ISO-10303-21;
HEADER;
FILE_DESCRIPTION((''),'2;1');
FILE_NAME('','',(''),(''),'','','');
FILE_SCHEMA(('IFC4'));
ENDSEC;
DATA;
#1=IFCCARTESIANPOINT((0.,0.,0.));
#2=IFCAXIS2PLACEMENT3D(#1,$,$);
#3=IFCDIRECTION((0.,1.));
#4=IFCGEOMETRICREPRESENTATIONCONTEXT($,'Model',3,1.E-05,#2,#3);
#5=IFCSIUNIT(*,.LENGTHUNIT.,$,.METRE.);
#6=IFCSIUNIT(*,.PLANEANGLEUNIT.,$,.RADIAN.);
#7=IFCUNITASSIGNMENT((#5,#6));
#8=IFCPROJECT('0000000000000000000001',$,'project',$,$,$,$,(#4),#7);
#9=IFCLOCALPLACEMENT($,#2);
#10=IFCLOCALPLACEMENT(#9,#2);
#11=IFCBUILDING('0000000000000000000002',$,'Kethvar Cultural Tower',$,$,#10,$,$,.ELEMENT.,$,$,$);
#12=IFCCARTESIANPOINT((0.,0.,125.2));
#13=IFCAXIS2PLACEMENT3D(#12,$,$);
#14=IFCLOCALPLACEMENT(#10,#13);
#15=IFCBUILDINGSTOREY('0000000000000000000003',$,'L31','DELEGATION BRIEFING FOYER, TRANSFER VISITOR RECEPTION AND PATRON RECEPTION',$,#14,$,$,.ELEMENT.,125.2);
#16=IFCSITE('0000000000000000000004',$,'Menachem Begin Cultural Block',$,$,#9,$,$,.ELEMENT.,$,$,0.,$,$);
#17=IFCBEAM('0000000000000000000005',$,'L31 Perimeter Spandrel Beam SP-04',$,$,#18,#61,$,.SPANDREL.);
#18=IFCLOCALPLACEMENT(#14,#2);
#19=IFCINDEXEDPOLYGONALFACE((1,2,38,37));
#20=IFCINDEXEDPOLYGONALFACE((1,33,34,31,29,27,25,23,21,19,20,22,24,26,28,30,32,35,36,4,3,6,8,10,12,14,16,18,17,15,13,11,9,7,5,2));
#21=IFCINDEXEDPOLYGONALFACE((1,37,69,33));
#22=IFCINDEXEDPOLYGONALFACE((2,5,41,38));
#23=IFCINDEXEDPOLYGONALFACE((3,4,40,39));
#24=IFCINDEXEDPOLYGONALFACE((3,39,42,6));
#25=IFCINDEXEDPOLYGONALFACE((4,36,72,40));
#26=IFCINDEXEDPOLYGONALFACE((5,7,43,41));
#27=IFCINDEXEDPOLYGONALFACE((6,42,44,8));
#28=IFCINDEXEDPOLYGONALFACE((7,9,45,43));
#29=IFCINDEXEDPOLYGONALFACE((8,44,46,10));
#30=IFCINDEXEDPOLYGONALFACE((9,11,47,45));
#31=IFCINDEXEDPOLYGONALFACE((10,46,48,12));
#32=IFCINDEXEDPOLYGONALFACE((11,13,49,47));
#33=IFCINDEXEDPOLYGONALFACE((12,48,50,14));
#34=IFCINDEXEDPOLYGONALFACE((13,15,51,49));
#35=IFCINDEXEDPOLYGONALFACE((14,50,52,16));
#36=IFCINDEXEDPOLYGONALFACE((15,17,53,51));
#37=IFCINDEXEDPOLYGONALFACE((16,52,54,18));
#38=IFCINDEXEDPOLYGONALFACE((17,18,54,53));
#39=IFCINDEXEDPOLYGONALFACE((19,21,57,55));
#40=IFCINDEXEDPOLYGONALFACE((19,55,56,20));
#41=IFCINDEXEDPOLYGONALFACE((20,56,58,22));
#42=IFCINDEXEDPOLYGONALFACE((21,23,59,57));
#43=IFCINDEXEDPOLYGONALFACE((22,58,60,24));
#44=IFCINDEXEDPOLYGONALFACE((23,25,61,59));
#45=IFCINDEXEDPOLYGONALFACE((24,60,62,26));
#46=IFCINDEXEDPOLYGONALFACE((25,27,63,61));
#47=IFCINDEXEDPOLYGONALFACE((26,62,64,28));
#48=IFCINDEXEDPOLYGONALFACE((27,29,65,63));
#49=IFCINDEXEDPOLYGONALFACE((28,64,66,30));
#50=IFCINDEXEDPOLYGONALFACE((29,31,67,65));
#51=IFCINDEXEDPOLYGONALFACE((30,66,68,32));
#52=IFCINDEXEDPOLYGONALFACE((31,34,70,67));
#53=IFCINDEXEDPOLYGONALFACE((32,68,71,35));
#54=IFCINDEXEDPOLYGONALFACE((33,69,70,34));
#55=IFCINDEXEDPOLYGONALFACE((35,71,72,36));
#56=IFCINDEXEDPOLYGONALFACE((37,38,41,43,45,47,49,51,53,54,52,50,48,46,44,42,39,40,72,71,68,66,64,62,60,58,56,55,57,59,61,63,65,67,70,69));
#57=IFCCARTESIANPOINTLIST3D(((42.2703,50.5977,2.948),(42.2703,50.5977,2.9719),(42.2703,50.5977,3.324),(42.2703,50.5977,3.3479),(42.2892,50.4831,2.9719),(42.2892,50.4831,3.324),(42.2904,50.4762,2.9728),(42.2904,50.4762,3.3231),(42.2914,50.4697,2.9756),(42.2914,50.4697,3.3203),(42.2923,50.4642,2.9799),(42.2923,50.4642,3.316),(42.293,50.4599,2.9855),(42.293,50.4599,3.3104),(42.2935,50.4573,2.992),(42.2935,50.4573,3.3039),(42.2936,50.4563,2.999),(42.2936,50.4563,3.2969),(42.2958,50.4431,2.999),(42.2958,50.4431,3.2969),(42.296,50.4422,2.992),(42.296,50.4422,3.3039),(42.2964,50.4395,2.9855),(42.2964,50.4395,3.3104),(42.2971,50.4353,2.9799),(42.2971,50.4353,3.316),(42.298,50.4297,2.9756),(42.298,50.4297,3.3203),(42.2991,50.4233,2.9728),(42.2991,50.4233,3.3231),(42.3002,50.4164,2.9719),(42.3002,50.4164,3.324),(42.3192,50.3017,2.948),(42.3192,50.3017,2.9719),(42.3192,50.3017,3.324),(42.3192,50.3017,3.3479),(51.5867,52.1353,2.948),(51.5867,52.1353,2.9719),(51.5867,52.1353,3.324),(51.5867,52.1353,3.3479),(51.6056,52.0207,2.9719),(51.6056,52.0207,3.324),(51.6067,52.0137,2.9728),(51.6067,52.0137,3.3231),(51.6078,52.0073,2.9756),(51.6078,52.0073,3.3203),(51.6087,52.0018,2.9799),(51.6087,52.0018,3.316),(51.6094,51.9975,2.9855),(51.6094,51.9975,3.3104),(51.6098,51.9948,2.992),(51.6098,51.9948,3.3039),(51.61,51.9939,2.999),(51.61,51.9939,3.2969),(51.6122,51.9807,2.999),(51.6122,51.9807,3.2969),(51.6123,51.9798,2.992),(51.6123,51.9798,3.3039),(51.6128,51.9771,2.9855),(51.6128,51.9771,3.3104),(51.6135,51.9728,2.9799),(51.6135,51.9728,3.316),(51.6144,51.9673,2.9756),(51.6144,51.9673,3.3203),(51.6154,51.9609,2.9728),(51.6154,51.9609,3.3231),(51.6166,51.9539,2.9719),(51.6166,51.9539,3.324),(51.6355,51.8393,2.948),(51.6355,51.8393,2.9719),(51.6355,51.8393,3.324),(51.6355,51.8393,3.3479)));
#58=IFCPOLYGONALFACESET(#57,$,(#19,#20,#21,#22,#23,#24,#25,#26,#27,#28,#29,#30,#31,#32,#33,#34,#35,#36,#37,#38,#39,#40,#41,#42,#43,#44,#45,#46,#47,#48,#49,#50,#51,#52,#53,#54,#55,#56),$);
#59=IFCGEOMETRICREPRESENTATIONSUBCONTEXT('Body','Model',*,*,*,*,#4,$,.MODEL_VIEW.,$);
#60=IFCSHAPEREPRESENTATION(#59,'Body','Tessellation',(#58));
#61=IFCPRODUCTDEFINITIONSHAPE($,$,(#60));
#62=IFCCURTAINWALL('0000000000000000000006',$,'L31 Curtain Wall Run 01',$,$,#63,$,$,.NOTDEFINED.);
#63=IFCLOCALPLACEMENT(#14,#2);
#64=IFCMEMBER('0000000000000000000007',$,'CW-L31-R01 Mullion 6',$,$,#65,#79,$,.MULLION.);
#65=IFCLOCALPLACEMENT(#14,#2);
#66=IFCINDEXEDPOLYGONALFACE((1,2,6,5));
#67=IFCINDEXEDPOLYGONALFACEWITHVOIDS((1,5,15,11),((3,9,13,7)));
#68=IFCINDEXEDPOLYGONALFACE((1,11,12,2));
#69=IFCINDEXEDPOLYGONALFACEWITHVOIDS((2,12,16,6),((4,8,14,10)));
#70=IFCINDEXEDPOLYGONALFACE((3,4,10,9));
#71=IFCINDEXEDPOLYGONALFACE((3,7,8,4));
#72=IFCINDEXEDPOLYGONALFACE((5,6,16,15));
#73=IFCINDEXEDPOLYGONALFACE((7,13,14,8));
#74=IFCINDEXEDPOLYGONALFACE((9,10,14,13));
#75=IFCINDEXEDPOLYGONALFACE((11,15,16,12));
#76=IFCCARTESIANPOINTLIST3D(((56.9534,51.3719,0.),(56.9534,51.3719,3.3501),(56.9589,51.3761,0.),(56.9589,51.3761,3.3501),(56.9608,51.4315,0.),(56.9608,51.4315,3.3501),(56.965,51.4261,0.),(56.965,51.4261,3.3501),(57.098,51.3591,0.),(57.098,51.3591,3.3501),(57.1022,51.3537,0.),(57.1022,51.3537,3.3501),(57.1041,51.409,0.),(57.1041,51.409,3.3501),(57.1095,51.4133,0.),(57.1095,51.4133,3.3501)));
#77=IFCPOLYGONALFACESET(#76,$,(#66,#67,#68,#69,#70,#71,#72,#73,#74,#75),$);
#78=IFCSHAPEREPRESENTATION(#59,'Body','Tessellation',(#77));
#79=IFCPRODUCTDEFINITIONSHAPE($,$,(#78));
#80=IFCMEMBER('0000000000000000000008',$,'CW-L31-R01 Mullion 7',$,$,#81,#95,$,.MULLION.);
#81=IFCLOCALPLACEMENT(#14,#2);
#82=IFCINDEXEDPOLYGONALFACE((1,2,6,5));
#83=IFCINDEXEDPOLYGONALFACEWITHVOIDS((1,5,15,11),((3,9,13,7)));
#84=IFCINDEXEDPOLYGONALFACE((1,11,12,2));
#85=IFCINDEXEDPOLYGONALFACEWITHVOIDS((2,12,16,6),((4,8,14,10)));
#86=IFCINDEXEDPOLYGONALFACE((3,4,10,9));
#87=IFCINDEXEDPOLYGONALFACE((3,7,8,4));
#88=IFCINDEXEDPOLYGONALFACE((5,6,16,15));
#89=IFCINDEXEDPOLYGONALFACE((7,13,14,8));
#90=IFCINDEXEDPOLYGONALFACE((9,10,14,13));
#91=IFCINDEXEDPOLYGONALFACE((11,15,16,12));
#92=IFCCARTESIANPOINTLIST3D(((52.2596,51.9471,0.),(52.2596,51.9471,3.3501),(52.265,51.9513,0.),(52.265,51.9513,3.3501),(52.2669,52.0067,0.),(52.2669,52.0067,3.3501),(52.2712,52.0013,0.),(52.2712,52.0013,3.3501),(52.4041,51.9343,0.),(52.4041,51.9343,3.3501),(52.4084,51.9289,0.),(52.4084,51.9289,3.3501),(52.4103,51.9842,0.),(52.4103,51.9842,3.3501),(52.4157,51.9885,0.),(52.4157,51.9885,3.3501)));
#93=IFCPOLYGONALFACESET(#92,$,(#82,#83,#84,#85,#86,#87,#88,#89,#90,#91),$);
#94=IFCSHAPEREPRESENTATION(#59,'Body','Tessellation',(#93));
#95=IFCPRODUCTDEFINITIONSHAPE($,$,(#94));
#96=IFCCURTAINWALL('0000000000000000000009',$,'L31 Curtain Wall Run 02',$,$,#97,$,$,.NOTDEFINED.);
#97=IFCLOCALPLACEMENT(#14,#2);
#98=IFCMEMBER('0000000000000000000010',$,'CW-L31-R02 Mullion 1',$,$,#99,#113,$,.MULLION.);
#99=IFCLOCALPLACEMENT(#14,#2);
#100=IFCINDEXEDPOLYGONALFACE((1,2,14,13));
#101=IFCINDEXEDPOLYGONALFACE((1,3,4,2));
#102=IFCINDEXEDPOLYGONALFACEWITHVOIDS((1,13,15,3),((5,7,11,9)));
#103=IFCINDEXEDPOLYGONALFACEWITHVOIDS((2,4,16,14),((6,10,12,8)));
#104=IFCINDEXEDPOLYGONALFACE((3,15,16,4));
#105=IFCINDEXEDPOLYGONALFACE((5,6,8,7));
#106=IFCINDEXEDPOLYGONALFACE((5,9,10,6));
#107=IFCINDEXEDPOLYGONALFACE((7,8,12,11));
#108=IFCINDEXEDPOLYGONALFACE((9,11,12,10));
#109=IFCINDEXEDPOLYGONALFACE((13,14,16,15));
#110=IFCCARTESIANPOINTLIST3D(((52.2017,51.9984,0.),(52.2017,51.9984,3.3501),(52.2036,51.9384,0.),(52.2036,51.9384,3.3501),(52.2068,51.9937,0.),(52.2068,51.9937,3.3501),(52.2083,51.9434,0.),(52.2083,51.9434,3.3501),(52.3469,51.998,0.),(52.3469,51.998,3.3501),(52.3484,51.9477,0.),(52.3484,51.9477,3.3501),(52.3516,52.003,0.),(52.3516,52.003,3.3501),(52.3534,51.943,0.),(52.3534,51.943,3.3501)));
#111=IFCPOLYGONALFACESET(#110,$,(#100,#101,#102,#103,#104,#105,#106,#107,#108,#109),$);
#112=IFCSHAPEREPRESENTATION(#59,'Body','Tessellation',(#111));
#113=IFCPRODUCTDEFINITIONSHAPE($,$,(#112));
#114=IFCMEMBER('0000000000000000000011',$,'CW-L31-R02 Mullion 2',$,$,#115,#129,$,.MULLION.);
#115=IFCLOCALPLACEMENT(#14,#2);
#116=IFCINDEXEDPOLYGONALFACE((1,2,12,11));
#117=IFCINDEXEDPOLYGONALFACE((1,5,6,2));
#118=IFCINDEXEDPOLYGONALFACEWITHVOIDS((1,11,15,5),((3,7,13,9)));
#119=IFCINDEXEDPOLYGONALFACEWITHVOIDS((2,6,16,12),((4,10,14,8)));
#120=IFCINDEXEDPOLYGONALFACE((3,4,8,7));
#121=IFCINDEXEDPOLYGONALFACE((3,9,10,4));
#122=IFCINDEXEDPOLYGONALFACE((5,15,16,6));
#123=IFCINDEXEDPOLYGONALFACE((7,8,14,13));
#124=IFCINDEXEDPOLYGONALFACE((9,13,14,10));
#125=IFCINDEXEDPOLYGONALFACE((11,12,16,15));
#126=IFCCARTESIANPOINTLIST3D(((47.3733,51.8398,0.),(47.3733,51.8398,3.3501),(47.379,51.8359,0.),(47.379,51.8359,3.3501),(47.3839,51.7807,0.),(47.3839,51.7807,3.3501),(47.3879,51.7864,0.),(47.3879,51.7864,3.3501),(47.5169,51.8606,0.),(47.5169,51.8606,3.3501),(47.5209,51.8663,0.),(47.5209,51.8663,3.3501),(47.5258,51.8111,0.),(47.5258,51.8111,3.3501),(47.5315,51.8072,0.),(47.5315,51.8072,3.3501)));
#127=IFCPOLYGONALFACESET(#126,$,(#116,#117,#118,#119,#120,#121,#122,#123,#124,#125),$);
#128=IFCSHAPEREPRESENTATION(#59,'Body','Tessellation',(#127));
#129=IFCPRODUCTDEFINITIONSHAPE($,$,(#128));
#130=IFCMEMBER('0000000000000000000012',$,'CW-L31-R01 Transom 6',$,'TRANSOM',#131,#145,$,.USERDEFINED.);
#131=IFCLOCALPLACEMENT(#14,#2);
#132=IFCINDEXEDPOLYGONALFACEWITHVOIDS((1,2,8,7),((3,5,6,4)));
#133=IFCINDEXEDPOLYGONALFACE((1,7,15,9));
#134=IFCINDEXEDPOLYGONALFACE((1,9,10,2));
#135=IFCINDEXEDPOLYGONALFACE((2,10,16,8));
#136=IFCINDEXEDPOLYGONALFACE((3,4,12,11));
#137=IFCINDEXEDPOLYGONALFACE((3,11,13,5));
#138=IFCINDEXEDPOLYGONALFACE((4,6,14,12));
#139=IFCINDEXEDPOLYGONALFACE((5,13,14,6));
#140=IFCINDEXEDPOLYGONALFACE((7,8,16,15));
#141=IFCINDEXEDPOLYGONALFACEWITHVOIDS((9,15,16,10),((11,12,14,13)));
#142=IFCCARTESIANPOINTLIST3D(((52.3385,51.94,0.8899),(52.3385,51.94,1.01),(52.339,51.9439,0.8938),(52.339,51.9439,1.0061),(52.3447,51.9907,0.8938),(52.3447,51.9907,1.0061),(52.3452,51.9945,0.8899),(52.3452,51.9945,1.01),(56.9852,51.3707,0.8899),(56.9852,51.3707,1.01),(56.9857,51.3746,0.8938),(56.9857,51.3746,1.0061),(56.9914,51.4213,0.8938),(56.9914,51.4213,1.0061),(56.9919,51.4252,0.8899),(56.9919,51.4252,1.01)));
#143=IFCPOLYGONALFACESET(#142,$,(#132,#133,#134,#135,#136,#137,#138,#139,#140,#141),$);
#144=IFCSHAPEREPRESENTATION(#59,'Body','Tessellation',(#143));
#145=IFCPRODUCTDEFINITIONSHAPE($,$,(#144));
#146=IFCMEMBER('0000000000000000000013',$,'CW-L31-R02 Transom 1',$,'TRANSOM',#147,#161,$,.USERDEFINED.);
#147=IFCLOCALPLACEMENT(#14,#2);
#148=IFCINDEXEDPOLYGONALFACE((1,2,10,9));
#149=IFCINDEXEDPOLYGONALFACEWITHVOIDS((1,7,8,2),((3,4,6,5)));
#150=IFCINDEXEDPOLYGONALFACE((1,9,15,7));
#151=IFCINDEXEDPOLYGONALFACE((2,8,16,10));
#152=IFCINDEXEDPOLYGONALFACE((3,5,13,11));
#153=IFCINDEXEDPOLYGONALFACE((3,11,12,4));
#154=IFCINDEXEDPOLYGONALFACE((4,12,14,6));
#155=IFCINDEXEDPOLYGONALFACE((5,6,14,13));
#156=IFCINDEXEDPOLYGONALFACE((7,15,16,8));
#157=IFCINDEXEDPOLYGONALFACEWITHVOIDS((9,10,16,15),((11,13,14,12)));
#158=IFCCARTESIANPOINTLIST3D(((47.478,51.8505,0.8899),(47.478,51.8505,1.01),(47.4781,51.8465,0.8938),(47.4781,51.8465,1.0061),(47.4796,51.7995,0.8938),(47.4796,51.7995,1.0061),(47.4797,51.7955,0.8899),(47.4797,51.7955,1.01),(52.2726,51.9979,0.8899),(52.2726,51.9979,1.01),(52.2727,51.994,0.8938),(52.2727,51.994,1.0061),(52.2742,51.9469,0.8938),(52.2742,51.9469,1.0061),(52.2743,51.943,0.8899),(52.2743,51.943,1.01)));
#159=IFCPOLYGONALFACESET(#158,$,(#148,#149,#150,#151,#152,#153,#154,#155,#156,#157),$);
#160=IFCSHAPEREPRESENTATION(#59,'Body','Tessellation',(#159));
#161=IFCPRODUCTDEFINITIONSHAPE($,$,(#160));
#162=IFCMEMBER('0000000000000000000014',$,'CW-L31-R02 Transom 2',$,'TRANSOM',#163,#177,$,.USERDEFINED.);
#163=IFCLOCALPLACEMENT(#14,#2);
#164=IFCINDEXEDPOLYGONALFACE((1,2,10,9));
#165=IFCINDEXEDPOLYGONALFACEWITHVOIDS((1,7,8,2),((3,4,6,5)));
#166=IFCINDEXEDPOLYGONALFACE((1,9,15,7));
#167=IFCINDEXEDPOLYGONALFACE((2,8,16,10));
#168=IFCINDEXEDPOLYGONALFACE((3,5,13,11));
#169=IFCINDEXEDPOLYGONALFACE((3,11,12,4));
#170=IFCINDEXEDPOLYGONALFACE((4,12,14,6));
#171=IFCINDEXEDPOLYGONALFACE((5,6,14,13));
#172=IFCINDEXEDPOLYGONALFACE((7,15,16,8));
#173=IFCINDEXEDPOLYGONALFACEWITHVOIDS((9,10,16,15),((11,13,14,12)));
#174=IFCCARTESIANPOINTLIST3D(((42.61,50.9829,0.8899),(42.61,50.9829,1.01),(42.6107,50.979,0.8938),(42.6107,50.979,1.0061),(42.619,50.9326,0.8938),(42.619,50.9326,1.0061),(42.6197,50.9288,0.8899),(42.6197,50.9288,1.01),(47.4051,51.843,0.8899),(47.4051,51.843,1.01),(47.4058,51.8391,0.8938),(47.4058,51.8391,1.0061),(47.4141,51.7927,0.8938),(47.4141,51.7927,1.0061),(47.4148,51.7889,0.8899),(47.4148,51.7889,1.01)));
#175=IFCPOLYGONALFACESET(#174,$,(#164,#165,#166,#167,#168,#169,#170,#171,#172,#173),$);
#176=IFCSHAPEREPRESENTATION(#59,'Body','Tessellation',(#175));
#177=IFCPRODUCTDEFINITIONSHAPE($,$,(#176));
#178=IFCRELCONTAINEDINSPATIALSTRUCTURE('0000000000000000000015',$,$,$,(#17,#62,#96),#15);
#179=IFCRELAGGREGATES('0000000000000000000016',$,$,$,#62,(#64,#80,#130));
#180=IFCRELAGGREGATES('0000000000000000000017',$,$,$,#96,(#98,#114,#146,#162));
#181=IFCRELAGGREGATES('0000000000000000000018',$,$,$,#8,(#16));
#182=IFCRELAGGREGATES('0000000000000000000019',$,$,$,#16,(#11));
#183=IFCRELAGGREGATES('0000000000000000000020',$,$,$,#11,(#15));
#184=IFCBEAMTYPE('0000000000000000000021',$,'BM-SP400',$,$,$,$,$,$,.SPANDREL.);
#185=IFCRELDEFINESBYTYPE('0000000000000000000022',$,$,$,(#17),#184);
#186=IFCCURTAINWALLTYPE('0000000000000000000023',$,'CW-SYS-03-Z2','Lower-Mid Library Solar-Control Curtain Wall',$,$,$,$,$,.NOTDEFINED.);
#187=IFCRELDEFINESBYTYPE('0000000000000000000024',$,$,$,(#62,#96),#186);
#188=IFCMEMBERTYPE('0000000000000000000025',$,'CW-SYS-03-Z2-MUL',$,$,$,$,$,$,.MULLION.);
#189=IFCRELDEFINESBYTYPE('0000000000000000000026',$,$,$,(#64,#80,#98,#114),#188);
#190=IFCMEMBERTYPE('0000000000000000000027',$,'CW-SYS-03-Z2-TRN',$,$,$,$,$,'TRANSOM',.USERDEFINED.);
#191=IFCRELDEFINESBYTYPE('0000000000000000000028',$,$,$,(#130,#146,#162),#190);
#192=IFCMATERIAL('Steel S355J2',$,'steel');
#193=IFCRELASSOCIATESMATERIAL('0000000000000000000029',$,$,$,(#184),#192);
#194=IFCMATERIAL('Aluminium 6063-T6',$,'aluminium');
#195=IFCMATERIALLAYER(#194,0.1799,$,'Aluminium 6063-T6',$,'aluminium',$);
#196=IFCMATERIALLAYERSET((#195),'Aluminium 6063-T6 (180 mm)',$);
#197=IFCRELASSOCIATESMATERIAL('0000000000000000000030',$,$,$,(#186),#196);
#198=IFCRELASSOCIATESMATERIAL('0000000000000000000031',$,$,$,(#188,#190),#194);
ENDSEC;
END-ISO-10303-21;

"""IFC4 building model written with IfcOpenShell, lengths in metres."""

from ifc_helpers import new_model, si_unit, direction, frame, origin, origin_2d, place, context, subcontext, project, spatial, hollow_rectangle, i_section, extrude, source, transform, mapped, material, layer, layer_set, material_profile, profile_set, type_object, element, aggregate, save


model = new_model("IFC4")

# Units and contexts
model_context = context("Model", 3, precision=1e-05, world=origin(), true_north=direction((0.0, 1.0)))
body_context = subcontext(model_context, "Body", "Model", "MODEL_VIEW")
ifc_project = project(units=[si_unit("LENGTHUNIT", "METRE"), si_unit("PLANEANGLEUNIT", "RADIAN")], contexts=[model_context])

# Site, building, storey
site_placement = place(None, origin())
site = spatial("IfcSite", under=ifc_project, at=site_placement, Name="Menachem Begin Cultural Block", CompositionType="ELEMENT", RefElevation=0.0)
building_placement = place(site_placement, origin())
building = spatial("IfcBuilding", under=site, at=building_placement, Name="Kethvar Cultural Tower", CompositionType="ELEMENT")
storey_placement = place(building_placement, frame((0.0, 0.0, 125.2)))
storey = spatial("IfcBuildingStorey", under=building, at=storey_placement, Name="L31", Description="DELEGATION BRIEFING FOYER, TRANSFER VISITOR RECEPTION AND PATRON RECEPTION", CompositionType="ELEMENT", Elevation=125.2)

# Beam
ifc_material_1 = material(Name="Steel S355J2", Category="steel")
ifc_material_profile_1 = material_profile(ifc_material_1, i_section(OverallWidth=0.3, OverallDepth=0.3999, WebThickness=0.0134, FlangeThickness=0.0239, FilletRadius=0.0271, at=origin_2d()), Name="Steel S355J2 — HEB400")
ifc_profile_set_1 = profile_set([ifc_material_profile_1], Name="Steel S355J2 — HEB400")
beam_type_1 = type_object("IfcBeamType", Name="BM-SP400", PredefinedType="SPANDREL", material=ifc_profile_set_1)
shared_shape_1 = source(origin(), body_context, "Body", "SweptSolid", [
    extrude(i_section(OverallWidth=0.3, OverallDepth=0.3999, WebThickness=0.0134, FlangeThickness=0.0239, FilletRadius=0.0271, at=origin_2d()), origin(), (0.0, 0.0, 1.0), 9.4424),
])
beam_1_placement = place(storey_placement, frame((51.6111, 51.9873, 3.1479), z_axis=(-0.986653, -0.162839, 0.0), x_axis=(0.162839, -0.986653, 0.0)))
element("IfcBeam", 1, at=beam_1_placement, inside=storey, type_object=beam_type_1, Name="L31 Perimeter Spandrel Beam SP-04", PredefinedType="SPANDREL", context=body_context, shape_type="MappedRepresentation", body=[
    mapped(shared_shape_1, transform((0.0, 0.0, 0.0), scale=1.0)),
])

# Curtain walls, members
ifc_material_2 = material(Name="Aluminium 6063-T6", Category="aluminium")
ifc_layer_1 = layer(ifc_material_2, 0.1799, Name="Aluminium 6063-T6", Category="aluminium")
ifc_layer_set_1 = layer_set([ifc_layer_1], Name="Aluminium 6063-T6 (180 mm)")
curtain_wall_type = type_object("IfcCurtainWallType", Name="CW-SYS-03-Z2", Description="Lower-Mid Library Solar-Control Curtain Wall", PredefinedType="NOTDEFINED", material=ifc_layer_set_1)
curtain_wall_1_placement = place(storey_placement, origin())
curtain_wall_1 = element("IfcCurtainWall", 2, at=curtain_wall_1_placement, inside=storey, type_object=curtain_wall_type, Name="L31 Curtain Wall Run 01", PredefinedType="NOTDEFINED")
ifc_material_profile_2 = material_profile(ifc_material_2, hollow_rectangle(XDim=0.0601, YDim=0.1499, WallThickness=0.0049, at=origin_2d()), Name="Aluminium 6063-T6 — RHS150x60x5")
ifc_profile_set_2 = profile_set([ifc_material_profile_2], Name="Aluminium 6063-T6 — RHS150x60x5")
member_type_1 = type_object("IfcMemberType", Name="CW-SYS-03-Z2-MUL", PredefinedType="MULLION", material=ifc_profile_set_2)
shared_shape_2 = source(origin(), body_context, "Body", "SweptSolid", [
    extrude(hollow_rectangle(XDim=0.0601, YDim=0.1499, WallThickness=0.0049, at=origin_2d()), origin(), (0.0, 0.0, 1.0), 3.3501),
])
member_1_placement = place(storey_placement, frame((57.0315, 51.3926, 0.0), z_axis=(0.0, 0.0, 1.0), x_axis=(-0.121627, -0.992576, 0.0)))
member_1 = element("IfcMember", 3, at=member_1_placement, type_object=member_type_1, Name="CW-L31-R01 Mullion 6", PredefinedType="MULLION", context=body_context, shape_type="MappedRepresentation", body=[
    mapped(shared_shape_2, transform((0.0, 0.0, 0.0), scale=1.0)),
])
member_2_placement = place(storey_placement, frame((52.3376, 51.9678, 0.0), z_axis=(0.0, 0.0, 1.0), x_axis=(-0.121627, -0.992576, 0.0)))
member_2 = element("IfcMember", 4, at=member_2_placement, type_object=member_type_1, Name="CW-L31-R01 Mullion 7", PredefinedType="MULLION", context=body_context, shape_type="MappedRepresentation", body=[
    mapped(shared_shape_2, transform((0.0, 0.0, 0.0), scale=1.0)),
])
curtain_wall_2_placement = place(storey_placement, origin())
curtain_wall_2 = element("IfcCurtainWall", 5, at=curtain_wall_2_placement, inside=storey, type_object=curtain_wall_type, Name="L31 Curtain Wall Run 02", PredefinedType="NOTDEFINED")
member_3_placement = place(storey_placement, frame((52.2776, 51.9707, 0.0), z_axis=(0.0, 0.0, 1.0), x_axis=(0.03073, -0.999528, 0.0)))
member_3 = element("IfcMember", 6, at=member_3_placement, type_object=member_type_1, Name="CW-L31-R02 Mullion 1", PredefinedType="MULLION", context=body_context, shape_type="MappedRepresentation", body=[
    mapped(shared_shape_2, transform((0.0, 0.0, 0.0), scale=1.0)),
])
member_4_placement = place(storey_placement, frame((47.4524, 51.8235, 0.0), z_axis=(0.0, 0.0, 1.0), x_axis=(0.176501, -0.984301, 0.0)))
member_4 = element("IfcMember", 7, at=member_4_placement, type_object=member_type_1, Name="CW-L31-R02 Mullion 2", PredefinedType="MULLION", context=body_context, shape_type="MappedRepresentation", body=[
    mapped(shared_shape_2, transform((0.0, 0.0, 0.0), scale=1.0)),
])

# Members
ifc_material_profile_3 = material_profile(ifc_material_2, hollow_rectangle(XDim=0.0549, YDim=0.1201, WallThickness=0.0039, at=origin_2d()), Name="Aluminium 6063-T6 — RHS120x55x4")
ifc_profile_set_3 = profile_set([ifc_material_profile_3], Name="Aluminium 6063-T6 — RHS120x55x4")
member_type_2 = type_object("IfcMemberType", Name="CW-SYS-03-Z2-TRN", ElementType="TRANSOM", PredefinedType="USERDEFINED", material=ifc_profile_set_3)
shared_shape_3 = source(origin(), body_context, "Body", "SweptSolid", [
    extrude(hollow_rectangle(XDim=0.0549, YDim=0.1201, WallThickness=0.0039, at=origin_2d()), origin(), (0.0, 0.0, 1.0), 4.6814),
])
member_5_placement = place(storey_placement, frame((56.9885, 51.3979, 0.95), z_axis=(-0.992577, 0.121615, 0.0), x_axis=(-0.121615, -0.992577, 0.0)))
member_5 = element("IfcMember", 8, at=member_5_placement, type_object=member_type_2, Name="CW-L31-R01 Transom 6", ObjectType="TRANSOM", PredefinedType="USERDEFINED", context=body_context, shape_type="MappedRepresentation", body=[
    mapped(shared_shape_3, transform((0.0, 0.0, 0.0), scale=1.0)),
])
shared_shape_4 = source(origin(), body_context, "Body", "SweptSolid", [
    extrude(hollow_rectangle(XDim=0.0549, YDim=0.1201, WallThickness=0.0039, at=origin_2d()), origin(), (0.0, 0.0, 1.0), 4.7969),
])
member_6_placement = place(storey_placement, frame((52.2734, 51.9705, 0.95), z_axis=(-0.999527, -0.030741, 0.0), x_axis=(0.030741, -0.999527, 0.0)))
member_6 = element("IfcMember", 9, at=member_6_placement, type_object=member_type_2, Name="CW-L31-R02 Transom 1", ObjectType="TRANSOM", PredefinedType="USERDEFINED", context=body_context, shape_type="MappedRepresentation", body=[
    mapped(shared_shape_4, transform((0.0, 0.0, 0.0), scale=1.0)),
])
shared_shape_5 = source(origin(), body_context, "Body", "SweptSolid", [
    extrude(hollow_rectangle(XDim=0.0549, YDim=0.1201, WallThickness=0.0039, at=origin_2d()), origin(), (0.0, 0.0, 1.0), 4.8716),
])
member_7_placement = place(storey_placement, frame((47.4099, 51.8159, 0.95), z_axis=(-0.984291, -0.176552, 0.0), x_axis=(0.176552, -0.984291, 0.0)))
member_7 = element("IfcMember", 10, at=member_7_placement, type_object=member_type_2, Name="CW-L31-R02 Transom 2", ObjectType="TRANSOM", PredefinedType="USERDEFINED", context=body_context, shape_type="MappedRepresentation", body=[
    mapped(shared_shape_5, transform((0.0, 0.0, 0.0), scale=1.0)),
])

aggregate(curtain_wall_1, [member_1, member_2, member_5])
aggregate(curtain_wall_2, [member_3, member_4, member_6, member_7])

save(model, "model.ifc")
